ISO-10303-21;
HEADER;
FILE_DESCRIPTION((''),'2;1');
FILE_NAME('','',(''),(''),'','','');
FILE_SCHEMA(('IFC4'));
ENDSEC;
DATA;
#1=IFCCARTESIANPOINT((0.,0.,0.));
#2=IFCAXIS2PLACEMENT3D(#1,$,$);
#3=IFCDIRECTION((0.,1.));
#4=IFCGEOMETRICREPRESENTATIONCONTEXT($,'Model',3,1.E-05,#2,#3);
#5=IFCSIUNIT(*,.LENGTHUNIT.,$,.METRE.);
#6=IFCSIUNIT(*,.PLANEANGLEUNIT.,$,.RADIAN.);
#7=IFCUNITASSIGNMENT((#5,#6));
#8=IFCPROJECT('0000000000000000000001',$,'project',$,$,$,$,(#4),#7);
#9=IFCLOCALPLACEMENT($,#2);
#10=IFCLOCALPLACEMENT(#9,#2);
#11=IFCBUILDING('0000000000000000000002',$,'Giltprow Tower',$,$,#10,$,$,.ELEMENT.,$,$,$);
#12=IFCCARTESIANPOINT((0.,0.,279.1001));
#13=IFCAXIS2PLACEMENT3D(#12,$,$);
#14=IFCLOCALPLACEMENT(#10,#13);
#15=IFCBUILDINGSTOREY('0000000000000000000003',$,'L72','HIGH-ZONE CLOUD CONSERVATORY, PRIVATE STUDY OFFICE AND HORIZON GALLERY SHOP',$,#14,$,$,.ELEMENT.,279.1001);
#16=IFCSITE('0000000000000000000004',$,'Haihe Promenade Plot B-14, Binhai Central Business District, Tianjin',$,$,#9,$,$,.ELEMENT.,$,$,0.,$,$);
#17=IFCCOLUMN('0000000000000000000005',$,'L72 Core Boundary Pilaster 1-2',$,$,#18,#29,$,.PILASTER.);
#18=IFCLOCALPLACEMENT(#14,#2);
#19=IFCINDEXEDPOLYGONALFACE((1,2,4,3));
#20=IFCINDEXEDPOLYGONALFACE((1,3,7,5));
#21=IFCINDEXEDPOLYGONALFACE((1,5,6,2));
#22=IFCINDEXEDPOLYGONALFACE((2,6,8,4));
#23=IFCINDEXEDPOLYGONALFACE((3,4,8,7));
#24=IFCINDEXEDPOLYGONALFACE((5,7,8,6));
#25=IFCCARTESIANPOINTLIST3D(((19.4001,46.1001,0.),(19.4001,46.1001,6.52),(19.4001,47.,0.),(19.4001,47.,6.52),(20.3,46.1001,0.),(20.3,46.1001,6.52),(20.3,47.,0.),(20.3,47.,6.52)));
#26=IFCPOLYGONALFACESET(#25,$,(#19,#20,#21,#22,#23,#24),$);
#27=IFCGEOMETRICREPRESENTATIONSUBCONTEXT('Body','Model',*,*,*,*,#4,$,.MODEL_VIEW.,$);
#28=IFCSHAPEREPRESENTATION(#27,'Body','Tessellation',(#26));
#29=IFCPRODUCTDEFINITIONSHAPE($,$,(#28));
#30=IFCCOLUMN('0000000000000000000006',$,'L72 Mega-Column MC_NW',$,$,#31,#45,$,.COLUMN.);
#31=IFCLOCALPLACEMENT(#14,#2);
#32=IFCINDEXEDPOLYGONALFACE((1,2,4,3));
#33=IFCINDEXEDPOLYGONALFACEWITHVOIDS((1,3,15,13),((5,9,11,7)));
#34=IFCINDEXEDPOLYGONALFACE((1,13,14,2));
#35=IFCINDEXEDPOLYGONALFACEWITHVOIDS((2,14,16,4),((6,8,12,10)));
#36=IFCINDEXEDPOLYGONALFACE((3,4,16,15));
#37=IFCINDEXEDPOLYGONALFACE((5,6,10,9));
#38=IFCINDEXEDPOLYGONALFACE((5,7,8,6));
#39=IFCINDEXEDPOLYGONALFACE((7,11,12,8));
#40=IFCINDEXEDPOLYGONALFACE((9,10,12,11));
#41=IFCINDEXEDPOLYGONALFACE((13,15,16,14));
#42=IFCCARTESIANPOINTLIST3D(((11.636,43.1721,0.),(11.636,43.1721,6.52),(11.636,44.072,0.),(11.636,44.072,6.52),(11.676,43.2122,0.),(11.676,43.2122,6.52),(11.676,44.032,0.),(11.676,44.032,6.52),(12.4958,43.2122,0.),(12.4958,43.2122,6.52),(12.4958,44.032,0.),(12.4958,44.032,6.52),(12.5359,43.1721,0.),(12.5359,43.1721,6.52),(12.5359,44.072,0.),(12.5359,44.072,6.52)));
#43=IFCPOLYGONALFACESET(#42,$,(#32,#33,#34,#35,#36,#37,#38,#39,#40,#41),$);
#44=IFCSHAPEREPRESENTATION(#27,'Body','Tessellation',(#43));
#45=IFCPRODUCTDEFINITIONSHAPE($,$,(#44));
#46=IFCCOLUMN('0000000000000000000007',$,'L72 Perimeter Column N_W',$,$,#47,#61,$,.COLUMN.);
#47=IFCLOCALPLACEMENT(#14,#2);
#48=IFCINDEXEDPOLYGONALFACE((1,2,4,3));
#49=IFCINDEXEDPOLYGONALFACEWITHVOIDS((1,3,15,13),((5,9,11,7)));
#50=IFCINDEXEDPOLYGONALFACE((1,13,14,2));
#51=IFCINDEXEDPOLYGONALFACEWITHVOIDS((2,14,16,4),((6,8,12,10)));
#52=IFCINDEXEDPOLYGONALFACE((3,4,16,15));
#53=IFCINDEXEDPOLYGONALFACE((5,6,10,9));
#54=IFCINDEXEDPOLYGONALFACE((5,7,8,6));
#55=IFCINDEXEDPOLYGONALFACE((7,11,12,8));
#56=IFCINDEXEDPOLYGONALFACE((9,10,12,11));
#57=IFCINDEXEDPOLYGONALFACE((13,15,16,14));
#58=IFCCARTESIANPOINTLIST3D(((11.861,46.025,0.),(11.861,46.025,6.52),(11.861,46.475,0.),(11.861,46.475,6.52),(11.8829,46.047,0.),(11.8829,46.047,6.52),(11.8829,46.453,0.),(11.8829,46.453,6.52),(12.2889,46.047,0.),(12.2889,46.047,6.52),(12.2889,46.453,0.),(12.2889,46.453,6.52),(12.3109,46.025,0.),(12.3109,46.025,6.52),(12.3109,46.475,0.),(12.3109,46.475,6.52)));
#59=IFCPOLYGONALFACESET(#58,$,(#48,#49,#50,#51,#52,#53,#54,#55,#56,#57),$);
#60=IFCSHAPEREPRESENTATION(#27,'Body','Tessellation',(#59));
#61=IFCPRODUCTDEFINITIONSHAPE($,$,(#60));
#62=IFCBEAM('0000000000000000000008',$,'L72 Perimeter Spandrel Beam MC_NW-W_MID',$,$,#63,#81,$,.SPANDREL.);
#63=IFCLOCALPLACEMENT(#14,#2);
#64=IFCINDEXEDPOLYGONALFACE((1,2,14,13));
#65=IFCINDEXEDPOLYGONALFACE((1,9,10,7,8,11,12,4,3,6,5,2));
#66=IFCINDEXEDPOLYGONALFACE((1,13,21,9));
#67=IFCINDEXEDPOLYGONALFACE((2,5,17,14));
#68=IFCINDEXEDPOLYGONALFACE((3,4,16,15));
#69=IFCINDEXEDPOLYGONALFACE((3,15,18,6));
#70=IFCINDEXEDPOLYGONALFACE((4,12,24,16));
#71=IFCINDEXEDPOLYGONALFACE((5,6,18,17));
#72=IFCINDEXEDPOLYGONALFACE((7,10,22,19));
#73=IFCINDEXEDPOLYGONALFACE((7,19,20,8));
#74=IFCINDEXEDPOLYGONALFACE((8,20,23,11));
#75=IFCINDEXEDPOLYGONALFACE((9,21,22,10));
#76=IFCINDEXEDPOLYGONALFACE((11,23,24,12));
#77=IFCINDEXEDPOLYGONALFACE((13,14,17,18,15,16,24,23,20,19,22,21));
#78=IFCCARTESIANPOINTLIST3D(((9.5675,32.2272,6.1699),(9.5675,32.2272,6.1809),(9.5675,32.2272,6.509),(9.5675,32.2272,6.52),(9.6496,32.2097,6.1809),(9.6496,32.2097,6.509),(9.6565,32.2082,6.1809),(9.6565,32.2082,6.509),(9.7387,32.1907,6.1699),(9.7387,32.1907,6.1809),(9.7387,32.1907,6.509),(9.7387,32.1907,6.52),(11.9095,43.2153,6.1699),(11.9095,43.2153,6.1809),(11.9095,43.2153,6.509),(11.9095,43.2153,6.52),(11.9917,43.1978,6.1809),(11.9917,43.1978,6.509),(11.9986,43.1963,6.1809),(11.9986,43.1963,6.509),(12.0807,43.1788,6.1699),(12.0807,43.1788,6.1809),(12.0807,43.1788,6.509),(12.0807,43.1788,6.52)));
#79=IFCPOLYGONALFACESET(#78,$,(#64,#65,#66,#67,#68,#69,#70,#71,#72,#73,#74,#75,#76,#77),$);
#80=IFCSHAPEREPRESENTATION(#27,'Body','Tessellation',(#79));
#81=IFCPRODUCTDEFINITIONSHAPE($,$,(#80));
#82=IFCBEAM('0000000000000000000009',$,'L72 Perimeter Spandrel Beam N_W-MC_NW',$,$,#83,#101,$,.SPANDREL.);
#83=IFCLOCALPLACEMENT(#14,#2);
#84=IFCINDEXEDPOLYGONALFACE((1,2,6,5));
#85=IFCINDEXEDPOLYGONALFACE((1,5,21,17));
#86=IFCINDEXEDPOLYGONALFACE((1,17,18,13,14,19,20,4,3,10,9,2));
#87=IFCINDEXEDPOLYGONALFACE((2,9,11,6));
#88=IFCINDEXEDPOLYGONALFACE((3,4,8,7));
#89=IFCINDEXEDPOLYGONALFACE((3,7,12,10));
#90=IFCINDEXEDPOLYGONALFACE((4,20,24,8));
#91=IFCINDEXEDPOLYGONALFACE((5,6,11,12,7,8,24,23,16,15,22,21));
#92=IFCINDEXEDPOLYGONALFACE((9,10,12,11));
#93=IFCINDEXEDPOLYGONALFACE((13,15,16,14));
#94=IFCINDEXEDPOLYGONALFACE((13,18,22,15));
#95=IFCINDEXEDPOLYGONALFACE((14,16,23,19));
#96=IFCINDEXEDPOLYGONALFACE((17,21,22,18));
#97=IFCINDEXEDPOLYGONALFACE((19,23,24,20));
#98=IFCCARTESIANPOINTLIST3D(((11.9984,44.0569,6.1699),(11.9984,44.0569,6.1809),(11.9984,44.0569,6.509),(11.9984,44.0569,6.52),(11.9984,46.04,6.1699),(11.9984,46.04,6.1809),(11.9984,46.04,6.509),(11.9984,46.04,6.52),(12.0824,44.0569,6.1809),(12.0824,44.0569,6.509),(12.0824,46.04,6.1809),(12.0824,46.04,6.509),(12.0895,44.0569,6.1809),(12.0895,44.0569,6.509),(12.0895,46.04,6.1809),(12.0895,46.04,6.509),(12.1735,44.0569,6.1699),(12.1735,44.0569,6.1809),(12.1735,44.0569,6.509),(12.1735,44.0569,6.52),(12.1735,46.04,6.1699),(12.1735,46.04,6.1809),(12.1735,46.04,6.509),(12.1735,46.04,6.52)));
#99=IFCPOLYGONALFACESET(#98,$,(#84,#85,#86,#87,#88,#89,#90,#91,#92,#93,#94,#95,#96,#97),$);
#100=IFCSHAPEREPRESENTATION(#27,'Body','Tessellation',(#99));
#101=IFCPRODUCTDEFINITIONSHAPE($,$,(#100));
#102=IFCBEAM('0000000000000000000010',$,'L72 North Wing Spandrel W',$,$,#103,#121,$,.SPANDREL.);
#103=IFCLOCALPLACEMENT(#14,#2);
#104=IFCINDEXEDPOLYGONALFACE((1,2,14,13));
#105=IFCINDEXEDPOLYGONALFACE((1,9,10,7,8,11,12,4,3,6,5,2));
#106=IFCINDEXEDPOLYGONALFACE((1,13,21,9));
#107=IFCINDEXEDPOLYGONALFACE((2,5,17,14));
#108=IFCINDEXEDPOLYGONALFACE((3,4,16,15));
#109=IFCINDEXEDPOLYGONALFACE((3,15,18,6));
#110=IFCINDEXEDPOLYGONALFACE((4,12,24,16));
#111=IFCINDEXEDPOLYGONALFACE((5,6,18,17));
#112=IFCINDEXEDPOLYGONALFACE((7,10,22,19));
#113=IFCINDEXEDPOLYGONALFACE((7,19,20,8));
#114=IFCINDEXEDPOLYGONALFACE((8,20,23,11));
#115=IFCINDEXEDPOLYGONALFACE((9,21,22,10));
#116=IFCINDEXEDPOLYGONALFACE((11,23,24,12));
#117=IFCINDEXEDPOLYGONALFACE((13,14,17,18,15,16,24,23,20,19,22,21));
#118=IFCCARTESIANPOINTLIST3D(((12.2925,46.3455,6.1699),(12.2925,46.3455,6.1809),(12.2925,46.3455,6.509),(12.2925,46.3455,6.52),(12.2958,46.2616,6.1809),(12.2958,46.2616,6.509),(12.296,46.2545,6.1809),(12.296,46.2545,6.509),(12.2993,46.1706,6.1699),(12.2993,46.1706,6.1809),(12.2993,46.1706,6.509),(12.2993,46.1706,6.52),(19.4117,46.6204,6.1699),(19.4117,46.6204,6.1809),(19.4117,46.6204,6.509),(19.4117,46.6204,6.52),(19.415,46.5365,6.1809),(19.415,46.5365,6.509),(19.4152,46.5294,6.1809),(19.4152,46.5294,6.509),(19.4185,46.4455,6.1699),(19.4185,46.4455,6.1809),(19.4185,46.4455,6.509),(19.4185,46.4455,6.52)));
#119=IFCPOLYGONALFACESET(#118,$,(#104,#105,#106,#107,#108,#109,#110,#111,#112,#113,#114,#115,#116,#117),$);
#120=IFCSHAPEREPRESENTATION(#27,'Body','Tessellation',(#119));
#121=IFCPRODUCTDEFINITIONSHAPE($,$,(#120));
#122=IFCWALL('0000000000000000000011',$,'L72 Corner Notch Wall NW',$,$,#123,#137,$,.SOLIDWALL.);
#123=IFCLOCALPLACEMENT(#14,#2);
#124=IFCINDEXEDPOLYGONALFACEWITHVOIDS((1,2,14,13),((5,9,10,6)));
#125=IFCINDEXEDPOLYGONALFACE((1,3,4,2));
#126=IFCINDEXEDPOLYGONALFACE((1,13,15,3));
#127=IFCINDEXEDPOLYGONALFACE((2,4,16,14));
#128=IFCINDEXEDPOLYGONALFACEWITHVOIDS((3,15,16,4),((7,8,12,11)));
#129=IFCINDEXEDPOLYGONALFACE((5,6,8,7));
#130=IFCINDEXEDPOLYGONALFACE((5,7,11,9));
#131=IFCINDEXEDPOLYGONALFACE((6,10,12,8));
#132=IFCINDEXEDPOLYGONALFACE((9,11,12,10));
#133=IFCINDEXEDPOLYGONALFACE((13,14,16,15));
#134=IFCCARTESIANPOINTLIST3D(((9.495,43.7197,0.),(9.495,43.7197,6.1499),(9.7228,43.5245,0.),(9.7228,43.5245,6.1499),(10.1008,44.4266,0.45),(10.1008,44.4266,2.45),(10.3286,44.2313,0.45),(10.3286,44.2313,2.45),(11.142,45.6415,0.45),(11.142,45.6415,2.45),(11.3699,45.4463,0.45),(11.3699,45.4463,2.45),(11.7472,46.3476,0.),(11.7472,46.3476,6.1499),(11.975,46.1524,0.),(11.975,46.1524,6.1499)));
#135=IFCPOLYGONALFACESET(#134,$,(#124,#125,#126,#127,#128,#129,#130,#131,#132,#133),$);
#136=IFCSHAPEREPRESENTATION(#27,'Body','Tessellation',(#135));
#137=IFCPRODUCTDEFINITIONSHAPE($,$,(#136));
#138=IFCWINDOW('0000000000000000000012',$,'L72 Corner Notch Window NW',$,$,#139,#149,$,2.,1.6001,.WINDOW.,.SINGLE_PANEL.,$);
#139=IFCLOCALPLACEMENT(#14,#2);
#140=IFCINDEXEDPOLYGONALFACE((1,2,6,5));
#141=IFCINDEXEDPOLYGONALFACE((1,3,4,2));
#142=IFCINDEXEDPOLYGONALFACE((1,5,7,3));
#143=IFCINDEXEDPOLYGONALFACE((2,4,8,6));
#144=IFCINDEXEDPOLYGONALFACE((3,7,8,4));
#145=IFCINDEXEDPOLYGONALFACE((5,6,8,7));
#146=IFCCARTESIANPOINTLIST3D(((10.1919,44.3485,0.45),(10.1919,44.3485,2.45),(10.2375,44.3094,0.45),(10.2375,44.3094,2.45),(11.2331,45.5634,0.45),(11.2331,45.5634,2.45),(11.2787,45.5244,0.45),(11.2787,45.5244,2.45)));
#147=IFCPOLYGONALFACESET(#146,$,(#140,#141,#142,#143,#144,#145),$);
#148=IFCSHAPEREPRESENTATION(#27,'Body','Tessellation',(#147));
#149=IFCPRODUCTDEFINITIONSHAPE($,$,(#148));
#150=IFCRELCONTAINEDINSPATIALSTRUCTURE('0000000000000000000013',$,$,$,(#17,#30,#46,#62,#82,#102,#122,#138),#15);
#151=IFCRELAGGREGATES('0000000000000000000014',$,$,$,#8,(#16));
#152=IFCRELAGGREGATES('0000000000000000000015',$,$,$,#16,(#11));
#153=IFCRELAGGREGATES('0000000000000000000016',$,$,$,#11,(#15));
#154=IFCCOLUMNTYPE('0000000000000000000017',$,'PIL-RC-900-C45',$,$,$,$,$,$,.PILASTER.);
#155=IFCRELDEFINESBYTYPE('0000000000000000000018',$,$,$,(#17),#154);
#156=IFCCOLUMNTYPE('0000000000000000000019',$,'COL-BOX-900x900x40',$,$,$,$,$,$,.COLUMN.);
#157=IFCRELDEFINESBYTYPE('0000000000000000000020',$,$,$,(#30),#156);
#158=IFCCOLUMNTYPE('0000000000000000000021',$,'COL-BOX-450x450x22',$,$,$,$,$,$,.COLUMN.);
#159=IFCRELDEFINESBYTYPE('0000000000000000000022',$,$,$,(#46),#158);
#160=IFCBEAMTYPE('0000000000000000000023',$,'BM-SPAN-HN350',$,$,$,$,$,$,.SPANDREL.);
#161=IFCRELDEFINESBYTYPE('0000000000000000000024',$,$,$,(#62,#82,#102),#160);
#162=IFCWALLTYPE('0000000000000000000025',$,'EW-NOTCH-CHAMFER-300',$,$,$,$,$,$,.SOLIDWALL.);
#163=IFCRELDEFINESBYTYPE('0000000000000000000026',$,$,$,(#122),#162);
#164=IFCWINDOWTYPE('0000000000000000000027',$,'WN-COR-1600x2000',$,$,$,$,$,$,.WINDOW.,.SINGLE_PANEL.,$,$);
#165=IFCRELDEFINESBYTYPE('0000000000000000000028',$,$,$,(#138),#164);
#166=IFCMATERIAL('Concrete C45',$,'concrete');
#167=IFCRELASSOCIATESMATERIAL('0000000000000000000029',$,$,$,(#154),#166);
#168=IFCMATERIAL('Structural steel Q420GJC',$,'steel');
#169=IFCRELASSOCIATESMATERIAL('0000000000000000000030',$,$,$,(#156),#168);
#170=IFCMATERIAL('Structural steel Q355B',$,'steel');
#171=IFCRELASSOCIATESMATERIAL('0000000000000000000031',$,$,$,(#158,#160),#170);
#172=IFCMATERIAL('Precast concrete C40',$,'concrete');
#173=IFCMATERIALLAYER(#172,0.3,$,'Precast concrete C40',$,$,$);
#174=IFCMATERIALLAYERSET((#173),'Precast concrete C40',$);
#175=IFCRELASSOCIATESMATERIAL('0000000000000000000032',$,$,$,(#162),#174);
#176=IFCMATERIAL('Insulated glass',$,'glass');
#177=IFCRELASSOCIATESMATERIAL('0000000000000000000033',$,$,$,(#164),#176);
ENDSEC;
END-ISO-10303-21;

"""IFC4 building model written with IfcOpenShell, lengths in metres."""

from ifc_helpers import new_model, si_unit, direction, frame, frame_2d, origin, origin_2d, place, context, subcontext, project, spatial, rectangle, hollow_rectangle, i_section, extrude, source, transform, mapped, material, layer, layer_set, material_profile, profile_set, type_object, element, fill, save


model = new_model("IFC4")

# Units and contexts
model_context = context("Model", 3, precision=1e-05, world=origin(), true_north=direction((0.0, 1.0)))
body_context = subcontext(model_context, "Body", "Model", "MODEL_VIEW")
ifc_project = project(units=[si_unit("LENGTHUNIT", "METRE"), si_unit("PLANEANGLEUNIT", "RADIAN")], contexts=[model_context])

# Site, building, storey
site_placement = place(None, origin())
site = spatial("IfcSite", under=ifc_project, at=site_placement, Name="Haihe Promenade Plot B-14, Binhai Central Business District, Tianjin", CompositionType="ELEMENT", RefElevation=0.0)
building_placement = place(site_placement, origin())
building = spatial("IfcBuilding", under=site, at=building_placement, Name="Giltprow Tower", CompositionType="ELEMENT")
storey_placement = place(building_placement, frame((0.0, 0.0, 279.1001)))
storey = spatial("IfcBuildingStorey", under=building, at=storey_placement, Name="L72", Description="HIGH-ZONE CLOUD CONSERVATORY, PRIVATE STUDY OFFICE AND HORIZON GALLERY SHOP", CompositionType="ELEMENT", Elevation=279.1001)

# Columns
ifc_material_1 = material(Name="Concrete C45", Category="concrete")
ifc_material_profile_1 = material_profile(ifc_material_1, rectangle(XDim=0.8999, YDim=0.8999, at=origin_2d()), Name="RC 900x900")
ifc_profile_set_1 = profile_set([ifc_material_profile_1], Name="Concrete C45")
column_type_1 = type_object("IfcColumnType", Name="PIL-RC-900-C45", PredefinedType="PILASTER", material=ifc_profile_set_1)
shared_shape_1 = source(origin(), body_context, "Body", "SweptSolid", [
    extrude(rectangle(XDim=0.8999, YDim=0.8999, at=origin_2d()), origin(), (0.0, 0.0, 1.0), 6.52),
])
column_1_placement = place(storey_placement, frame((19.8501, 46.55, 0.0), z_axis=(0.0, 0.0, 1.0), x_axis=(1.0, 0.0, 0.0)))
element("IfcColumn", 1, at=column_1_placement, inside=storey, type_object=column_type_1, Name="L72 Core Boundary Pilaster 1-2", PredefinedType="PILASTER", context=body_context, shape_type="MappedRepresentation", body=[
    mapped(shared_shape_1, transform((0.0, 0.0, 0.0), x_axis=(1.0, 0.0, 0.0), y_axis=(0.0, 1.0, 0.0), z_axis=(0.0, 0.0, 1.0), scale=1.0)),
])
ifc_material_2 = material(Name="Structural steel Q420GJC", Category="steel")
ifc_material_profile_2 = material_profile(ifc_material_2, hollow_rectangle(XDim=0.8999, YDim=0.8999, WallThickness=0.04, at=origin_2d()), Name="BOX 900x900x40")
ifc_profile_set_2 = profile_set([ifc_material_profile_2], Name="Structural steel Q420GJC")
column_type_2 = type_object("IfcColumnType", Name="COL-BOX-900x900x40", PredefinedType="COLUMN", material=ifc_profile_set_2)
shared_shape_2 = source(origin(), body_context, "Body", "SweptSolid", [
    extrude(hollow_rectangle(XDim=0.8999, YDim=0.8999, WallThickness=0.04, at=origin_2d()), origin(), (0.0, 0.0, 1.0), 6.52),
])
column_2_placement = place(storey_placement, frame((12.0859, 43.6221, 0.0), z_axis=(0.0, 0.0, 1.0), x_axis=(1.0, 0.0, 0.0)))
element("IfcColumn", 2, at=column_2_placement, inside=storey, type_object=column_type_2, Name="L72 Mega-Column MC_NW", PredefinedType="COLUMN", context=body_context, shape_type="MappedRepresentation", body=[
    mapped(shared_shape_2, transform((0.0, 0.0, 0.0), x_axis=(1.0, 0.0, 0.0), y_axis=(0.0, 1.0, 0.0), z_axis=(0.0, 0.0, 1.0), scale=1.0)),
])
ifc_material_3 = material(Name="Structural steel Q355B", Category="steel")
ifc_material_profile_3 = material_profile(ifc_material_3, hollow_rectangle(XDim=0.45, YDim=0.45, WallThickness=0.022, at=origin_2d()), Name="BOX 450x450x22")
ifc_profile_set_3 = profile_set([ifc_material_profile_3], Name="Structural steel Q355B")
column_type_3 = type_object("IfcColumnType", Name="COL-BOX-450x450x22", PredefinedType="COLUMN", material=ifc_profile_set_3)
shared_shape_3 = source(origin(), body_context, "Body", "SweptSolid", [
    extrude(hollow_rectangle(XDim=0.45, YDim=0.45, WallThickness=0.022, at=origin_2d()), origin(), (0.0, 0.0, 1.0), 6.52),
])
column_3_placement = place(storey_placement, frame((12.0859, 46.25, 0.0), z_axis=(0.0, 0.0, 1.0), x_axis=(1.0, 0.0, 0.0)))
element("IfcColumn", 3, at=column_3_placement, inside=storey, type_object=column_type_3, Name="L72 Perimeter Column N_W", PredefinedType="COLUMN", context=body_context, shape_type="MappedRepresentation", body=[
    mapped(shared_shape_3, transform((0.0, 0.0, 0.0), x_axis=(1.0, 0.0, 0.0), y_axis=(0.0, 1.0, 0.0), z_axis=(0.0, 0.0, 1.0), scale=1.0)),
])

# Beams
ifc_material_profile_4 = material_profile(ifc_material_3, i_section(OverallWidth=0.175, OverallDepth=0.3501, WebThickness=0.0071, FlangeThickness=0.011, at=origin_2d()), Name="HN 350x175x7x11")
ifc_profile_set_4 = profile_set([ifc_material_profile_4], Name="Structural steel Q355B")
beam_type = type_object("IfcBeamType", Name="BM-SPAN-HN350", PredefinedType="SPANDREL", material=ifc_profile_set_4)
shared_shape_4 = source(origin(), body_context, "Body", "SweptSolid", [
    extrude(i_section(OverallWidth=0.175, OverallDepth=0.3501, WebThickness=0.0071, FlangeThickness=0.011, at=origin_2d()), origin(), (0.0, 0.0, 1.0), 11.2349),
])
beam_1_placement = place(storey_placement, frame((11.9951, 43.197, 6.345), z_axis=(-0.208462, -0.97803, 0.0), x_axis=(0.97803, -0.208462, 0.0)))
element("IfcBeam", 4, at=beam_1_placement, inside=storey, type_object=beam_type, Name="L72 Perimeter Spandrel Beam MC_NW-W_MID", PredefinedType="SPANDREL", context=body_context, shape_type="MappedRepresentation", body=[
    mapped(shared_shape_4, transform((0.0, 0.0, 0.0), x_axis=(1.0, 0.0, 0.0), y_axis=(0.0, 1.0, 0.0), z_axis=(0.0, 0.0, 1.0), scale=1.0)),
])
shared_shape_5 = source(origin(), body_context, "Body", "SweptSolid", [
    extrude(i_section(OverallWidth=0.175, OverallDepth=0.3501, WebThickness=0.0071, FlangeThickness=0.011, at=origin_2d()), origin(), (0.0, 0.0, 1.0), 1.9832),
])
beam_2_placement = place(storey_placement, frame((12.0859, 46.04, 6.345), z_axis=(0.0, -1.0, 0.0), x_axis=(1.0, 0.0, 0.0)))
element("IfcBeam", 5, at=beam_2_placement, inside=storey, type_object=beam_type, Name="L72 Perimeter Spandrel Beam N_W-MC_NW", PredefinedType="SPANDREL", context=body_context, shape_type="MappedRepresentation", body=[
    mapped(shared_shape_5, transform((0.0, 0.0, 0.0), x_axis=(1.0, 0.0, 0.0), y_axis=(0.0, 1.0, 0.0), z_axis=(0.0, 0.0, 1.0), scale=1.0)),
])
shared_shape_6 = source(origin(), body_context, "Body", "SweptSolid", [
    extrude(i_section(OverallWidth=0.175, OverallDepth=0.3501, WebThickness=0.0071, FlangeThickness=0.011, at=origin_2d()), origin(), (0.0, 0.0, 1.0), 7.1245),
])
beam_3_placement = place(storey_placement, frame((12.2959, 46.2581, 6.345), z_axis=(0.999255, 0.038586, 0.0), x_axis=(-0.038586, 0.999255, 0.0)))
element("IfcBeam", 6, at=beam_3_placement, inside=storey, type_object=beam_type, Name="L72 North Wing Spandrel W", PredefinedType="SPANDREL", context=body_context, shape_type="MappedRepresentation", body=[
    mapped(shared_shape_6, transform((0.0, 0.0, 0.0), x_axis=(1.0, 0.0, 0.0), y_axis=(0.0, 1.0, 0.0), z_axis=(0.0, 0.0, 1.0), scale=1.0)),
])

# Wall, opening, window
ifc_material_4 = material(Name="Precast concrete C40", Category="concrete")
ifc_layer_1 = layer(ifc_material_4, 0.3, Name="Precast concrete C40")
ifc_layer_set_1 = layer_set([ifc_layer_1], Name="Precast concrete C40")
wall_type_1 = type_object("IfcWallType", Name="EW-NOTCH-CHAMFER-300", PredefinedType="SOLIDWALL", material=ifc_layer_set_1)
wall_1_placement = place(storey_placement, frame((11.8611, 46.25, 0.0), z_axis=(0.0, 0.0, 1.0), x_axis=(-0.650739, -0.759301, 0.0)))
wall_1 = element("IfcWall", 7, at=wall_1_placement, inside=storey, type_object=wall_type_1, Name="L72 Corner Notch Wall NW", PredefinedType="SOLIDWALL", context=body_context, shape_type="SweptSolid", body=[
    extrude(rectangle(XDim=3.4609, YDim=0.3, at=frame_2d((1.7305, 0.0))), origin(), (0.0, 0.0, 1.0), 6.1499),
])
opening_1_placement = place(wall_1_placement, frame((0.9299, 0.0, 0.45)))
opening_1 = element("IfcOpeningElement", 8, at=opening_1_placement, cuts=wall_1, PredefinedType="OPENING", context=body_context, shape_type="SweptSolid", body=[
    extrude(rectangle(XDim=1.6001, YDim=2.0, at=frame_2d((0.8, 1.0))), frame((0.0, 0.1599, 0.0), z_axis=(0.0, -1.0, 0.0), x_axis=(1.0, 0.0, 0.0)), (0.0, 0.0, 1.0), 0.3201),
])
ifc_material_5 = material(Name="Insulated glass", Category="glass")
window_type = type_object("IfcWindowType", Name="WN-COR-1600x2000", PartitioningType="SINGLE_PANEL", PredefinedType="WINDOW", material=ifc_material_5)
shared_shape_7 = source(origin(), body_context, "Body", "SweptSolid", [
    extrude(rectangle(XDim=1.6001, YDim=2.0, at=frame_2d((0.8, 1.0))), frame((0.0, 0.03, 0.0), z_axis=(0.0, -1.0, 0.0), x_axis=(1.0, 0.0, 0.0)), (0.0, 0.0, 1.0), 0.0601),
])
window_1_placement = place(opening_1_placement, origin())
window_1 = element("IfcWindow", 9, at=window_1_placement, inside=storey, type_object=window_type, Name="L72 Corner Notch Window NW", OverallHeight=2.0, OverallWidth=1.6001, PartitioningType="SINGLE_PANEL", PredefinedType="WINDOW", context=body_context, shape_type="MappedRepresentation", body=[
    mapped(shared_shape_7, transform((0.0, 0.0, 0.0), x_axis=(1.0, 0.0, 0.0), y_axis=(0.0, 1.0, 0.0), z_axis=(0.0, 0.0, 1.0), scale=1.0)),
])
fill(opening_1, window_1)

save(model, "model.ifc")
